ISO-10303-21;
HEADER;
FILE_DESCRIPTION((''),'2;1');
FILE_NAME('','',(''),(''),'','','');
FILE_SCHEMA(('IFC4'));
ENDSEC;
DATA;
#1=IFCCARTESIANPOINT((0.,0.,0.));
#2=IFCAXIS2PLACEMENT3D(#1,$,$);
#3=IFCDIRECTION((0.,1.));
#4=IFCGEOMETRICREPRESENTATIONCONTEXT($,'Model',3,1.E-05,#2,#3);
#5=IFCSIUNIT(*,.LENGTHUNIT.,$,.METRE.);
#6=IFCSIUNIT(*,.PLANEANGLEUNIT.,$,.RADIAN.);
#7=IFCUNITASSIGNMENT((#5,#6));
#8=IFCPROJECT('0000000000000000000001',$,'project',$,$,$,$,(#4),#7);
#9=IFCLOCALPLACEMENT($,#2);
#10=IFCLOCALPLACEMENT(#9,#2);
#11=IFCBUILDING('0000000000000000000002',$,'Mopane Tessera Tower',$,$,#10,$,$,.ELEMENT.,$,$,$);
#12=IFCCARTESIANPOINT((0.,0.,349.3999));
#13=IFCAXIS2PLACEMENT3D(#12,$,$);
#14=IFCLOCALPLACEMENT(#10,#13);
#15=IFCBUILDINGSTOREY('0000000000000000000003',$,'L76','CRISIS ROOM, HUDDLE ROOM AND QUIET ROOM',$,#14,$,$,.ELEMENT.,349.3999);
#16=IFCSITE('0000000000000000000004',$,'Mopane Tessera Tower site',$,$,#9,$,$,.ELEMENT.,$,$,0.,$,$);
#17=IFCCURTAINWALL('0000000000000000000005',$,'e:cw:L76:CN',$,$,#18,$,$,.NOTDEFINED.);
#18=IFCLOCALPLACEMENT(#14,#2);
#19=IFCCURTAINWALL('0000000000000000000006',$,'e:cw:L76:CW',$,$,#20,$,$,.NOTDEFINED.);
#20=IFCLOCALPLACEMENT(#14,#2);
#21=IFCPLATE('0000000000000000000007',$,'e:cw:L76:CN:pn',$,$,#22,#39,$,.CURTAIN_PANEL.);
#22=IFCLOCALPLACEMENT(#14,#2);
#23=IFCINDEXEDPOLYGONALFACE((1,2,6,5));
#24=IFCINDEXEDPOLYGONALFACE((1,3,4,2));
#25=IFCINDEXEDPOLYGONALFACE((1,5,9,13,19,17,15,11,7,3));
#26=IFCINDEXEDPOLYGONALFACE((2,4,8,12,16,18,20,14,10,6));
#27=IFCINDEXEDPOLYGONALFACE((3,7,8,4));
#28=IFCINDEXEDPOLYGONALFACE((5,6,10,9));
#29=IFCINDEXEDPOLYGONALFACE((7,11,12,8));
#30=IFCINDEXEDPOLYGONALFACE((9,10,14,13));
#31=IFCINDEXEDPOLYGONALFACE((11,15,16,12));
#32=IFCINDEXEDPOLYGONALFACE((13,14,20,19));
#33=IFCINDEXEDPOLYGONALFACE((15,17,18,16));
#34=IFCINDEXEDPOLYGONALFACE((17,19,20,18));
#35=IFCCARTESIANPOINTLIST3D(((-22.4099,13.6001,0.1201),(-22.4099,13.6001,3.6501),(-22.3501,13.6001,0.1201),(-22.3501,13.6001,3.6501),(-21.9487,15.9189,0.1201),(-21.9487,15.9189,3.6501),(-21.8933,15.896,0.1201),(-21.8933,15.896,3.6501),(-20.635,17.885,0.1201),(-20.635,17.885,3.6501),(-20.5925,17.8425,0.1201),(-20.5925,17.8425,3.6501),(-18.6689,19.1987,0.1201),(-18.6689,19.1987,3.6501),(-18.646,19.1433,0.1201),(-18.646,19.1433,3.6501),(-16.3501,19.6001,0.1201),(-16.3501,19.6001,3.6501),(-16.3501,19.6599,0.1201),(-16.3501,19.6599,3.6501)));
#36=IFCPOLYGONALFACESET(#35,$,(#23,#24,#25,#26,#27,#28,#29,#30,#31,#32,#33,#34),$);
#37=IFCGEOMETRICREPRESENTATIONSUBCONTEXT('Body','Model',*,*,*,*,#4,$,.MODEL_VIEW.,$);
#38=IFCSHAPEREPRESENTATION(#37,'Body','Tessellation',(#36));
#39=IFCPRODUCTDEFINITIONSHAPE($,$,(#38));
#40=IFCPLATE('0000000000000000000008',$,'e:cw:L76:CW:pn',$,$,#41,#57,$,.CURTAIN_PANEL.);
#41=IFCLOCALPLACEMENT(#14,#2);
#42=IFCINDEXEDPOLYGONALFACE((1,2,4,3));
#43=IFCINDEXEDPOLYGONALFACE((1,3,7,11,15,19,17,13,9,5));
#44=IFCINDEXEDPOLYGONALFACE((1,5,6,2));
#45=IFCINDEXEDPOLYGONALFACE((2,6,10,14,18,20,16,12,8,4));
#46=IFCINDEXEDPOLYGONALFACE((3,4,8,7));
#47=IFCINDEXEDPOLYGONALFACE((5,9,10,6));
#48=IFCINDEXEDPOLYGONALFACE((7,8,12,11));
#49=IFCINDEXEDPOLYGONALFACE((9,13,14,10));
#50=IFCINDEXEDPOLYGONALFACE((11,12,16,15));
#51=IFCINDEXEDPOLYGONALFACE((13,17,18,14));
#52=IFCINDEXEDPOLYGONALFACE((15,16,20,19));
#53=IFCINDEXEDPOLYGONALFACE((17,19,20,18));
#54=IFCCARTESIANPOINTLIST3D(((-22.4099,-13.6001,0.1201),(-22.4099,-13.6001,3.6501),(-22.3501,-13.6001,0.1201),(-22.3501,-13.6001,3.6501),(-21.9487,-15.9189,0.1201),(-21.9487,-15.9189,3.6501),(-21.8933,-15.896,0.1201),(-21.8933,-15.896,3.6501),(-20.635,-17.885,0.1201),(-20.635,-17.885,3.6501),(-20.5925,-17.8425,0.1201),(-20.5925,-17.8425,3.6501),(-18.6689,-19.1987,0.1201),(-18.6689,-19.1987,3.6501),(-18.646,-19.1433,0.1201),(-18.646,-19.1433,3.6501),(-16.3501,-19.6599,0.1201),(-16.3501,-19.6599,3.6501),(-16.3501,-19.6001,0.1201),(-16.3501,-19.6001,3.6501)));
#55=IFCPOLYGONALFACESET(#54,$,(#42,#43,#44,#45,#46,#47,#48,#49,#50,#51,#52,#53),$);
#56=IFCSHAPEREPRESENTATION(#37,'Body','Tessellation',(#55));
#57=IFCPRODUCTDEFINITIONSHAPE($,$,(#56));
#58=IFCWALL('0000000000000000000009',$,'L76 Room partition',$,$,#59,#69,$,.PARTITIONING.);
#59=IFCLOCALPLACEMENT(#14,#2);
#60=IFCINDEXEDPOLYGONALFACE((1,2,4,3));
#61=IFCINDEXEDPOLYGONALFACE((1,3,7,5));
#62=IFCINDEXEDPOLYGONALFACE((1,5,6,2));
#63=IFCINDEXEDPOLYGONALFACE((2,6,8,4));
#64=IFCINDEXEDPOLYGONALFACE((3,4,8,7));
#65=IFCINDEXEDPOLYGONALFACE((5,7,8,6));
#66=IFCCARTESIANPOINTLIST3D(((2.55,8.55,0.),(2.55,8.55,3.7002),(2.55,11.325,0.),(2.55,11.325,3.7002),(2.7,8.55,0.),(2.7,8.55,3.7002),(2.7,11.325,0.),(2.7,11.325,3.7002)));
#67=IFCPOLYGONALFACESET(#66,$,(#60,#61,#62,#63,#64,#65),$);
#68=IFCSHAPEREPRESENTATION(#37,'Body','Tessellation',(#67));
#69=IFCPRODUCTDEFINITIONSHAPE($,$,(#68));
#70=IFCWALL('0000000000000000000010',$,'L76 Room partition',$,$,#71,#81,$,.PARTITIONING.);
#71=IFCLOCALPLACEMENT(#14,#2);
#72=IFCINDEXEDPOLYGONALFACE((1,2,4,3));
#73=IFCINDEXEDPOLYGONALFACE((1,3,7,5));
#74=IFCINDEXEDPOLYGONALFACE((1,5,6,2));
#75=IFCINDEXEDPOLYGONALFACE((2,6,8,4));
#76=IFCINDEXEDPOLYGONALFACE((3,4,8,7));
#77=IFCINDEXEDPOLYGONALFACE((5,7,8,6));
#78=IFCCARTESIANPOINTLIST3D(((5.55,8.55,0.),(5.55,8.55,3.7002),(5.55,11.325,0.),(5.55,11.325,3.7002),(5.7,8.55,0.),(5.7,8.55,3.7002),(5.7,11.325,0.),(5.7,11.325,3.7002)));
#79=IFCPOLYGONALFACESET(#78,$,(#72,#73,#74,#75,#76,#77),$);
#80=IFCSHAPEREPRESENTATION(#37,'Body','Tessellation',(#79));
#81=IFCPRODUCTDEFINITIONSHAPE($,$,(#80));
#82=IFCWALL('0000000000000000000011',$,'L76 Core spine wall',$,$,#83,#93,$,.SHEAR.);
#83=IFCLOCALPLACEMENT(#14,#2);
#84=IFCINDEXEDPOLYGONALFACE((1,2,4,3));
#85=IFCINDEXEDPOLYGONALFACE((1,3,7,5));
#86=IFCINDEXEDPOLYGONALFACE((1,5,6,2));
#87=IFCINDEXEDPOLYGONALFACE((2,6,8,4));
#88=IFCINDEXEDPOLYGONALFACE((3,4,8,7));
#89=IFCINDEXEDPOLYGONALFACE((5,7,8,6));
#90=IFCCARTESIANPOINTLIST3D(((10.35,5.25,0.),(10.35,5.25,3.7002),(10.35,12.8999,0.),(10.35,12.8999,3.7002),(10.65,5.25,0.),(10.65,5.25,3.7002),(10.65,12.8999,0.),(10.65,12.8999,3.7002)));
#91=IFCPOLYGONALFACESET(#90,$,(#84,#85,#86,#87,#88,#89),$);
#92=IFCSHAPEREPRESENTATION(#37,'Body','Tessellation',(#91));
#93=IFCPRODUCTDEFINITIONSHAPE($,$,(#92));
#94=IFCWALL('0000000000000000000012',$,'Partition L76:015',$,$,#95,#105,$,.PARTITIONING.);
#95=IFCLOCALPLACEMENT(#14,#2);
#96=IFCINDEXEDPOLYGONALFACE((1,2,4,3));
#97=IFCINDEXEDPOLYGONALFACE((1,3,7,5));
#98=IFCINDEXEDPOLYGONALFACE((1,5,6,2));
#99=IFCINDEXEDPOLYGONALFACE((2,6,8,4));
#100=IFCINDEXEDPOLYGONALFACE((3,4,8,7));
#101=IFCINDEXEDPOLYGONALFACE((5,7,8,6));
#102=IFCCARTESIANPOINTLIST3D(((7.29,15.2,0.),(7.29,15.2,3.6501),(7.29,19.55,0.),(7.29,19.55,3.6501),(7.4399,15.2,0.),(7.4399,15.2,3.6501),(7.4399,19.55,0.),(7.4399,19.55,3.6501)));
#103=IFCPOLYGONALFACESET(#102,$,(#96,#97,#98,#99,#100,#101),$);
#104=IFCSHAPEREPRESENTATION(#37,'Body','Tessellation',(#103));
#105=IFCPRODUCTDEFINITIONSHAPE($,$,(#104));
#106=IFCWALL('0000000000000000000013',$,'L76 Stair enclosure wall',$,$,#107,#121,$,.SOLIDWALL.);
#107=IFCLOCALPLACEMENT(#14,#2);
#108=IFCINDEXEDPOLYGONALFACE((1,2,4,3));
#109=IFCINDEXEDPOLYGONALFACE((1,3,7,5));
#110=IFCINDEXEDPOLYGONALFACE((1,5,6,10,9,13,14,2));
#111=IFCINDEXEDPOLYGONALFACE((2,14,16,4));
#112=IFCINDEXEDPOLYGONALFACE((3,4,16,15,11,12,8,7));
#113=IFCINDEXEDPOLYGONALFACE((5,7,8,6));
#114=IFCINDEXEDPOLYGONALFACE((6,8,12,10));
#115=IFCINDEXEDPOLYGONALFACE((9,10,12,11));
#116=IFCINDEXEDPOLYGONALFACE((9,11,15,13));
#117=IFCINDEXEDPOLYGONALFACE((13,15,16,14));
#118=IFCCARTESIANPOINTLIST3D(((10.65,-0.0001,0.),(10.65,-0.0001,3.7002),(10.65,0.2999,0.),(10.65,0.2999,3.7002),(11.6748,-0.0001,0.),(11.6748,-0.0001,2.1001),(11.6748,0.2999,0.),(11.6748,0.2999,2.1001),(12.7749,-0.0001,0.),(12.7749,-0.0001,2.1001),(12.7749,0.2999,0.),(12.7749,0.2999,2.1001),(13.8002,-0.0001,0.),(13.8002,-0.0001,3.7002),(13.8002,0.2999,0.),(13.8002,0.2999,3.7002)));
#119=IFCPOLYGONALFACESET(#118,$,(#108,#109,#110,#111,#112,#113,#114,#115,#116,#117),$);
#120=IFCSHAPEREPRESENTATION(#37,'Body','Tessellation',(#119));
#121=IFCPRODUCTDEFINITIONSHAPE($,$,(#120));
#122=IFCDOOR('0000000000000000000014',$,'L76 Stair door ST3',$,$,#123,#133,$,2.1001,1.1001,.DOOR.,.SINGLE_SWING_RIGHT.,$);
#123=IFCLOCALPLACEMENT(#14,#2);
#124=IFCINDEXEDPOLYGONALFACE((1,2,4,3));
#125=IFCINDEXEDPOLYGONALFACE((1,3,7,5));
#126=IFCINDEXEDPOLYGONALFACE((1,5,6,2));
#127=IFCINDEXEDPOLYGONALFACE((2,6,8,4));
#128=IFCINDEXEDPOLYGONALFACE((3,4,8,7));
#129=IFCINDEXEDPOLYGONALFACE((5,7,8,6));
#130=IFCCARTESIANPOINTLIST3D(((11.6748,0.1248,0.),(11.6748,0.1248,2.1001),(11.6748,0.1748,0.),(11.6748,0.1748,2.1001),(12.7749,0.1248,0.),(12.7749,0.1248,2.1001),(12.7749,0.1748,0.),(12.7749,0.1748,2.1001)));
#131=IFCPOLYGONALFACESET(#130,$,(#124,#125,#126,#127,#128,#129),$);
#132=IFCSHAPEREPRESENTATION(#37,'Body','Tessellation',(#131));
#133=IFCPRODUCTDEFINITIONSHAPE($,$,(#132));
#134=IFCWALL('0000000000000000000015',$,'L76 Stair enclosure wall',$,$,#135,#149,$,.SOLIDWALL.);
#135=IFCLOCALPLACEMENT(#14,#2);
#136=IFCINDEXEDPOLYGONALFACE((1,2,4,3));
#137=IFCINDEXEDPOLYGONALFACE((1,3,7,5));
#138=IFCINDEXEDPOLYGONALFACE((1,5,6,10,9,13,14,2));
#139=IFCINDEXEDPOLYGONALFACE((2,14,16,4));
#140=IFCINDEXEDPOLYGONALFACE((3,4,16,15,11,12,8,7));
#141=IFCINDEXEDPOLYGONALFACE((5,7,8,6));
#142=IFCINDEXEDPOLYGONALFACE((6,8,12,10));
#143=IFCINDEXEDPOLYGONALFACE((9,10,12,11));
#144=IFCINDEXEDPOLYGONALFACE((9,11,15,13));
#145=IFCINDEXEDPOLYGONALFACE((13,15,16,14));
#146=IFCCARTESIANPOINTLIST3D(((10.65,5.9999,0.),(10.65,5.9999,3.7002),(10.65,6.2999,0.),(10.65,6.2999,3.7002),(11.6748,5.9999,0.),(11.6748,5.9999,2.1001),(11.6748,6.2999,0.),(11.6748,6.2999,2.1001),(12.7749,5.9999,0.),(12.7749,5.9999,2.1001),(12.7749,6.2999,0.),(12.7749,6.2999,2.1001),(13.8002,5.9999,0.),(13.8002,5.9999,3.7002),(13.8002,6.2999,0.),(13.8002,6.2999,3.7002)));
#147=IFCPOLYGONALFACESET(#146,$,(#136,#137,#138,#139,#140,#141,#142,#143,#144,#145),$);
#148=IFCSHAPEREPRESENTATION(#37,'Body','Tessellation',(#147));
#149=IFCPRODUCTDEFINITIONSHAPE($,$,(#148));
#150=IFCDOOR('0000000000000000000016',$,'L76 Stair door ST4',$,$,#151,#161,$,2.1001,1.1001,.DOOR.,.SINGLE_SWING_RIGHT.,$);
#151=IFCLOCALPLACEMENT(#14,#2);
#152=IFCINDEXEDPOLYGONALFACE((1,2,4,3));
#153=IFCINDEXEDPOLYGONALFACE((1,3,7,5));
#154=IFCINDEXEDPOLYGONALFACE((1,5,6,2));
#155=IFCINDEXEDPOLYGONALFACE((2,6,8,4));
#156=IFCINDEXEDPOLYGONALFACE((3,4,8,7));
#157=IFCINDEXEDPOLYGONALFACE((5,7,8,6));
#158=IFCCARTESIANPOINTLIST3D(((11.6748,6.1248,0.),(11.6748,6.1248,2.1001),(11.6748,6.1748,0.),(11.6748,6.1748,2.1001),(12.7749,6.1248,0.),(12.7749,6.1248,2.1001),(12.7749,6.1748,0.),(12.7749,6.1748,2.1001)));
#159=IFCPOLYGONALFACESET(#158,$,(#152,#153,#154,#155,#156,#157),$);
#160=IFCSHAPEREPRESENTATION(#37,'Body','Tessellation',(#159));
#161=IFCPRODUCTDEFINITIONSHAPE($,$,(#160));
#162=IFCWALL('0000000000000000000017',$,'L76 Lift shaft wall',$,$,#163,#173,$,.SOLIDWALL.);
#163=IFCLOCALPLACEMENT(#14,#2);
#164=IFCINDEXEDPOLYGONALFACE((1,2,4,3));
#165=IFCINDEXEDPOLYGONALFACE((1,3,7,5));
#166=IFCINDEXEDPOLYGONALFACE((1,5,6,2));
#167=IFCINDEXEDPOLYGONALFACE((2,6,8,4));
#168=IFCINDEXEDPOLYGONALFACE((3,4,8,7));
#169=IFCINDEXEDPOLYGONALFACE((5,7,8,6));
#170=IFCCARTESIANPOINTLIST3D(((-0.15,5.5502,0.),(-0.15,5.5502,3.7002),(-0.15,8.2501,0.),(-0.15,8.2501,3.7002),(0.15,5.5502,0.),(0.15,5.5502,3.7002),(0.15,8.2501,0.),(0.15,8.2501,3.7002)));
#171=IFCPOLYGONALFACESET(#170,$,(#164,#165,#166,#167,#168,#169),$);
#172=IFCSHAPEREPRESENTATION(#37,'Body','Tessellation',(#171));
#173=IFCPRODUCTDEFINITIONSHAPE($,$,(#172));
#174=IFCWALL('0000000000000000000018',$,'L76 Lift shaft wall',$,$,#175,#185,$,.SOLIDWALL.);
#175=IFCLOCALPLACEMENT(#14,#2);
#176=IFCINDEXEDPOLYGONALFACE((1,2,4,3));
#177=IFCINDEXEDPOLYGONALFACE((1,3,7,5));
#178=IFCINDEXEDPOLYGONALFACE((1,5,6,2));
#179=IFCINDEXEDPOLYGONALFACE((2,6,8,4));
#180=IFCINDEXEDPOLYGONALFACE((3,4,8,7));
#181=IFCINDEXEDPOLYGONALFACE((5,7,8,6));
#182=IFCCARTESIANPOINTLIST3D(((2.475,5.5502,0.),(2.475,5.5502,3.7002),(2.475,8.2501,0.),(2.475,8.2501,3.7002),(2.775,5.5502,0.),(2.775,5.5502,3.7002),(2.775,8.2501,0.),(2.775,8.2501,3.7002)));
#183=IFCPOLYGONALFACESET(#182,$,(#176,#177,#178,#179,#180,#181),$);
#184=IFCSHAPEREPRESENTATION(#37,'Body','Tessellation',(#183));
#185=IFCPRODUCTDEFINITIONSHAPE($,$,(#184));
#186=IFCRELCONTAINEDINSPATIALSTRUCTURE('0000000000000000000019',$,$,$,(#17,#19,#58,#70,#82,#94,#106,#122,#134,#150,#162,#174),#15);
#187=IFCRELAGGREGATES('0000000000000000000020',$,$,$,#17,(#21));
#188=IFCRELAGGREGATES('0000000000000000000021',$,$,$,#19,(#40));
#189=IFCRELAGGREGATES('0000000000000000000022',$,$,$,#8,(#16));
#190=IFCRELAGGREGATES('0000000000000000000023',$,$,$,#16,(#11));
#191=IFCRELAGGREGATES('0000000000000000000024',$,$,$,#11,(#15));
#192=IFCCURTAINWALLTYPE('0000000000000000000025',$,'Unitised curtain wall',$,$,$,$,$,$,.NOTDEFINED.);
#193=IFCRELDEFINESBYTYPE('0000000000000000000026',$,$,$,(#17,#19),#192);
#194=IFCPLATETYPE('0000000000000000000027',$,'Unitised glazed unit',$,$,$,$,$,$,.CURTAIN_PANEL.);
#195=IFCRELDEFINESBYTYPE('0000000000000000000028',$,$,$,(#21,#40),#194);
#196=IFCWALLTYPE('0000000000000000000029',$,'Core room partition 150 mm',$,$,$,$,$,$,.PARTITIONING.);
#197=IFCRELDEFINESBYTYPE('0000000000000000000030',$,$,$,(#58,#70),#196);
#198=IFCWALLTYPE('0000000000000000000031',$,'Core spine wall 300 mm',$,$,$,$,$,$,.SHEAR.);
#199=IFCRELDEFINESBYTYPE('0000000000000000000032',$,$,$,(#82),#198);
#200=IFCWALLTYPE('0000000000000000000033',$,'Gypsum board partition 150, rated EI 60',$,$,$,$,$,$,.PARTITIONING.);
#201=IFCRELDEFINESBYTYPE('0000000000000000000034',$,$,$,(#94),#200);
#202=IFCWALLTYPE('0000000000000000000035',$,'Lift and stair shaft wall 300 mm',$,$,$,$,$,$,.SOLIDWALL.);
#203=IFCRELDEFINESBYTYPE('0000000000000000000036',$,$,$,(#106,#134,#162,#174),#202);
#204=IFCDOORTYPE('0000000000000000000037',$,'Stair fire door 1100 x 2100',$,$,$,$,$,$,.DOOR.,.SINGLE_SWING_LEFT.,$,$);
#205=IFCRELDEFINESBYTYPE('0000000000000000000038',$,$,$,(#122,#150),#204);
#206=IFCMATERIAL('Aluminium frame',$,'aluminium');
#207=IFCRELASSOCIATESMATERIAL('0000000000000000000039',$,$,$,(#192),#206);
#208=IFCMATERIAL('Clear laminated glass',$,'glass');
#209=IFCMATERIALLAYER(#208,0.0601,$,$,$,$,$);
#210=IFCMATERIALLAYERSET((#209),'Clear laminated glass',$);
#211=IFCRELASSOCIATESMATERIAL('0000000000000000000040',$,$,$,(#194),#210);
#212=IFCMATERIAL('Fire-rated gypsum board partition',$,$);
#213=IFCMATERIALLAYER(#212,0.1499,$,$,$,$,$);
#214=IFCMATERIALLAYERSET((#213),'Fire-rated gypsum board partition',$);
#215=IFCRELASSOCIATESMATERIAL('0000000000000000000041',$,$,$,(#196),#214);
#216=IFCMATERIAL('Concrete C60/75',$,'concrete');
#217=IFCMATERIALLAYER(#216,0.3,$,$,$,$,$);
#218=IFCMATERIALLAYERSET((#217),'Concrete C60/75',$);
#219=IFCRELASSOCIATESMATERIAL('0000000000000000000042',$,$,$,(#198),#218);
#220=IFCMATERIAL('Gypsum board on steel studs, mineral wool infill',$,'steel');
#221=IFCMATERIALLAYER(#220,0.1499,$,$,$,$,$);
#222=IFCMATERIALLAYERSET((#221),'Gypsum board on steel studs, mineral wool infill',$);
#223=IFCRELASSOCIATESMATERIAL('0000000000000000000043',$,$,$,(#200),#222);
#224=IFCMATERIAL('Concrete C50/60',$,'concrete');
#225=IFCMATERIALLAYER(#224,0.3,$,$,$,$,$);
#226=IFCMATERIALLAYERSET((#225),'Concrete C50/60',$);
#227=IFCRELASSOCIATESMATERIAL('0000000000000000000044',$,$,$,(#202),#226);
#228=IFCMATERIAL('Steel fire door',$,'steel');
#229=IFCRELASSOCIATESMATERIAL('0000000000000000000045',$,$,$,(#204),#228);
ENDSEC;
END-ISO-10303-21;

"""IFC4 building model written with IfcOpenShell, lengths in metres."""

from ifc_helpers import new_model, si_unit, direction, frame, frame_2d, origin, place, context, subcontext, project, spatial, polyline, rectangle, outline, extrude, material, layer, layer_set, type_object, element, fill, aggregate, save


model = new_model("IFC4")

# Units and contexts
model_context = context("Model", 3, precision=1e-05, world=origin(), true_north=direction((0.0, 1.0)))
body_context = subcontext(model_context, "Body", "Model", "MODEL_VIEW")
ifc_project = project(units=[si_unit("LENGTHUNIT", "METRE"), si_unit("PLANEANGLEUNIT", "RADIAN")], contexts=[model_context])

# Site, building, storey
site_placement = place(None, origin())
site = spatial("IfcSite", under=ifc_project, at=site_placement, Name="Mopane Tessera Tower site", CompositionType="ELEMENT", RefElevation=0.0)
building_placement = place(site_placement, origin())
building = spatial("IfcBuilding", under=site, at=building_placement, Name="Mopane Tessera Tower", CompositionType="ELEMENT")
storey_placement = place(building_placement, frame((0.0, 0.0, 349.3999)))
storey = spatial("IfcBuildingStorey", under=building, at=storey_placement, Name="L76", Description="CRISIS ROOM, HUDDLE ROOM AND QUIET ROOM", CompositionType="ELEMENT", Elevation=349.3999)

# Shared definitions
ifc_material_1 = material(Name="Aluminium frame", Category="aluminium")
curtain_wall_type = type_object("IfcCurtainWallType", Name="Unitised curtain wall", PredefinedType="NOTDEFINED", material=ifc_material_1)

# Curtain walls
curtain_wall_1_placement = place(storey_placement, origin())
curtain_wall_1 = element("IfcCurtainWall", 1, at=curtain_wall_1_placement, inside=storey, type_object=curtain_wall_type, Name="e:cw:L76:CN", PredefinedType="NOTDEFINED")
curtain_wall_2_placement = place(storey_placement, origin())
curtain_wall_2 = element("IfcCurtainWall", 2, at=curtain_wall_2_placement, inside=storey, type_object=curtain_wall_type, Name="e:cw:L76:CW", PredefinedType="NOTDEFINED")

# Plates
ifc_material_2 = material(Name="Clear laminated glass", Category="glass")
ifc_layer_1 = layer(ifc_material_2, 0.0601)
ifc_layer_set_1 = layer_set([ifc_layer_1], Name="Clear laminated glass")
plate_type = type_object("IfcPlateType", Name="Unitised glazed unit", PredefinedType="CURTAIN_PANEL", material=ifc_layer_set_1)
plate_1_placement = place(storey_placement, frame((0.0, 0.0, 0.1201)))
plate_1 = element("IfcPlate", 3, at=plate_1_placement, type_object=plate_type, Name="e:cw:L76:CN:pn", PredefinedType="CURTAIN_PANEL", context=body_context, shape_type="SweptSolid", body=[
    extrude(outline(polyline([(-16.3501, 19.6001), (-18.646, 19.1433), (-20.5925, 17.8425), (-21.8933, 15.896), (-22.3501, 13.6001), (-22.4099, 13.6001), (-21.9487, 15.9189), (-20.635, 17.885), (-18.6689, 19.1987), (-16.3501, 19.6599), (-16.3501, 19.6001)])), origin(), (0.0, 0.0, 1.0), 3.53),
])
aggregate(curtain_wall_1, [plate_1])
plate_2_placement = place(storey_placement, frame((0.0, 0.0, 0.1201)))
plate_2 = element("IfcPlate", 4, at=plate_2_placement, type_object=plate_type, Name="e:cw:L76:CW:pn", PredefinedType="CURTAIN_PANEL", context=body_context, shape_type="SweptSolid", body=[
    extrude(outline(polyline([(-22.3501, -13.6001), (-21.8933, -15.896), (-20.5925, -17.8425), (-18.646, -19.1433), (-16.3501, -19.6001), (-16.3501, -19.6599), (-18.6689, -19.1987), (-20.635, -17.885), (-21.9487, -15.9189), (-22.4099, -13.6001), (-22.3501, -13.6001)])), origin(), (0.0, 0.0, 1.0), 3.53),
])
aggregate(curtain_wall_2, [plate_2])

# Walls
ifc_material_3 = material(Name="Fire-rated gypsum board partition")
ifc_layer_2 = layer(ifc_material_3, 0.1499)
ifc_layer_set_2 = layer_set([ifc_layer_2], Name="Fire-rated gypsum board partition")
wall_type_1 = type_object("IfcWallType", Name="Core room partition 150 mm", PredefinedType="PARTITIONING", material=ifc_layer_set_2)
for number, where, z_axis, x_axis, name in (
    (5, (2.625, 8.55, 0.0), (0.0, 0.0, 1.0), (0.0, 1.0, 0.0), "L76 Room partition"),
    (6, (5.625, 8.55, 0.0), (0.0, 0.0, 1.0), (0.0, 1.0, 0.0), "L76 Room partition"),
):
    element("IfcWall", number, at=place(storey_placement, frame(where, z_axis=z_axis, x_axis=x_axis)), inside=storey, type_object=wall_type_1, Name=name, PredefinedType="PARTITIONING", context=body_context, shape_type="SweptSolid", body=[
        extrude(rectangle(XDim=2.7749, YDim=0.1499, at=frame_2d((1.3875, 0.0))), origin(), (0.0, 0.0, 1.0), 3.7002),
    ])
ifc_material_4 = material(Name="Concrete C60/75", Category="concrete")
ifc_layer_3 = layer(ifc_material_4, 0.3)
ifc_layer_set_3 = layer_set([ifc_layer_3], Name="Concrete C60/75")
wall_type_2 = type_object("IfcWallType", Name="Core spine wall 300 mm", PredefinedType="SHEAR", material=ifc_layer_set_3)
wall_1_placement = place(storey_placement, frame((10.5, 5.25, 0.0), z_axis=(0.0, 0.0, 1.0), x_axis=(0.0, 1.0, 0.0)))
element("IfcWall", 7, at=wall_1_placement, inside=storey, type_object=wall_type_2, Name="L76 Core spine wall", PredefinedType="SHEAR", context=body_context, shape_type="SweptSolid", body=[
    extrude(rectangle(XDim=7.6499, YDim=0.3, at=frame_2d((3.825, 0.0))), origin(), (0.0, 0.0, 1.0), 3.7002),
])
ifc_material_5 = material(Name="Gypsum board on steel studs, mineral wool infill", Category="steel")
ifc_layer_4 = layer(ifc_material_5, 0.1499)
ifc_layer_set_4 = layer_set([ifc_layer_4], Name="Gypsum board on steel studs, mineral wool infill")
wall_type_3 = type_object("IfcWallType", Name="Gypsum board partition 150, rated EI 60", PredefinedType="PARTITIONING", material=ifc_layer_set_4)
wall_2_placement = place(storey_placement, frame((7.365, 15.2, 0.0), z_axis=(0.0, 0.0, 1.0), x_axis=(0.0, 1.0, 0.0)))
element("IfcWall", 8, at=wall_2_placement, inside=storey, type_object=wall_type_3, Name="Partition L76:015", PredefinedType="PARTITIONING", context=body_context, shape_type="SweptSolid", body=[
    extrude(rectangle(XDim=4.3501, YDim=0.1499, at=frame_2d((2.175, 0.0))), origin(), (0.0, 0.0, 1.0), 3.6501),
])

# Walls, openings, doors
ifc_material_6 = material(Name="Concrete C50/60", Category="concrete")
ifc_layer_5 = layer(ifc_material_6, 0.3)
ifc_layer_set_5 = layer_set([ifc_layer_5], Name="Concrete C50/60")
wall_type_4 = type_object("IfcWallType", Name="Lift and stair shaft wall 300 mm", PredefinedType="SOLIDWALL", material=ifc_layer_set_5)
wall_3_placement = place(storey_placement, frame((10.6499, 0.1499, 0.0), z_axis=(0.0, 0.0, 1.0), x_axis=(1.0, 0.0, 0.0)))
wall_3 = element("IfcWall", 9, at=wall_3_placement, inside=storey, type_object=wall_type_4, Name="L76 Stair enclosure wall", PredefinedType="SOLIDWALL", context=body_context, shape_type="SweptSolid", body=[
    extrude(rectangle(XDim=3.1501, YDim=0.3, at=frame_2d((1.5752, 0.0))), origin(), (0.0, 0.0, 1.0), 3.7002),
])
opening_1_placement = place(wall_3_placement, frame((1.0249, 0.0, 0.0)))
opening_1 = element("IfcOpeningElement", 10, at=opening_1_placement, cuts=wall_3, PredefinedType="OPENING", context=body_context, shape_type="SweptSolid", body=[
    extrude(rectangle(XDim=1.1001, YDim=2.1001, at=frame_2d((0.55, 1.05))), frame((0.0, 0.1621, 0.0), z_axis=(0.0, -1.0, 0.0), x_axis=(1.0, 0.0, 0.0)), (0.0, 0.0, 1.0), 0.324),
])
ifc_material_7 = material(Name="Steel fire door", Category="steel")
door_type = type_object("IfcDoorType", Name="Stair fire door 1100 x 2100", OperationType="SINGLE_SWING_LEFT", PredefinedType="DOOR", material=ifc_material_7)
door_1_placement = place(opening_1_placement, origin())
door_1 = element("IfcDoor", 11, at=door_1_placement, inside=storey, type_object=door_type, Name="L76 Stair door ST3", OperationType="SINGLE_SWING_RIGHT", OverallHeight=2.1001, OverallWidth=1.1001, PredefinedType="DOOR", context=body_context, shape_type="SweptSolid", body=[
    extrude(rectangle(XDim=1.1001, YDim=2.1001, at=frame_2d((0.55, 1.05))), frame((0.0, 0.0249, 0.0), z_axis=(0.0, -1.0, 0.0), x_axis=(1.0, 0.0, 0.0)), (0.0, 0.0, 1.0), 0.05),
])
fill(opening_1, door_1)
wall_4_placement = place(storey_placement, frame((10.6499, 6.1499, 0.0), z_axis=(0.0, 0.0, 1.0), x_axis=(1.0, 0.0, 0.0)))
wall_4 = element("IfcWall", 12, at=wall_4_placement, inside=storey, type_object=wall_type_4, Name="L76 Stair enclosure wall", PredefinedType="SOLIDWALL", context=body_context, shape_type="SweptSolid", body=[
    extrude(rectangle(XDim=3.1501, YDim=0.3, at=frame_2d((1.5752, 0.0))), origin(), (0.0, 0.0, 1.0), 3.7002),
])
opening_2_placement = place(wall_4_placement, frame((1.0249, 0.0, 0.0)))
opening_2 = element("IfcOpeningElement", 13, at=opening_2_placement, cuts=wall_4, PredefinedType="OPENING", context=body_context, shape_type="SweptSolid", body=[
    extrude(rectangle(XDim=1.1001, YDim=2.1001, at=frame_2d((0.55, 1.05))), frame((0.0, 0.1621, 0.0), z_axis=(0.0, -1.0, 0.0), x_axis=(1.0, 0.0, 0.0)), (0.0, 0.0, 1.0), 0.324),
])
door_2_placement = place(opening_2_placement, origin())
door_2 = element("IfcDoor", 14, at=door_2_placement, inside=storey, type_object=door_type, Name="L76 Stair door ST4", OperationType="SINGLE_SWING_RIGHT", OverallHeight=2.1001, OverallWidth=1.1001, PredefinedType="DOOR", context=body_context, shape_type="SweptSolid", body=[
    extrude(rectangle(XDim=1.1001, YDim=2.1001, at=frame_2d((0.55, 1.05))), frame((0.0, 0.0249, 0.0), z_axis=(0.0, -1.0, 0.0), x_axis=(1.0, 0.0, 0.0)), (0.0, 0.0, 1.0), 0.05),
])
fill(opening_2, door_2)

# Walls
for number, where, z_axis, x_axis, name in (
    (15, (0.0, 5.55, 0.0), (0.0, 0.0, 1.0), (0.0, 1.0, 0.0), "L76 Lift shaft wall"),
    (16, (2.625, 5.55, 0.0), (0.0, 0.0, 1.0), (0.0, 1.0, 0.0), "L76 Lift shaft wall"),
):
    element("IfcWall", number, at=place(storey_placement, frame(where, z_axis=z_axis, x_axis=x_axis)), inside=storey, type_object=wall_type_4, Name=name, PredefinedType="SOLIDWALL", context=body_context, shape_type="SweptSolid", body=[
        extrude(rectangle(XDim=2.7, YDim=0.3, at=frame_2d((1.3501, 0.0))), origin(), (0.0, 0.0, 1.0), 3.7002),
    ])

save(model, "model.ifc")
